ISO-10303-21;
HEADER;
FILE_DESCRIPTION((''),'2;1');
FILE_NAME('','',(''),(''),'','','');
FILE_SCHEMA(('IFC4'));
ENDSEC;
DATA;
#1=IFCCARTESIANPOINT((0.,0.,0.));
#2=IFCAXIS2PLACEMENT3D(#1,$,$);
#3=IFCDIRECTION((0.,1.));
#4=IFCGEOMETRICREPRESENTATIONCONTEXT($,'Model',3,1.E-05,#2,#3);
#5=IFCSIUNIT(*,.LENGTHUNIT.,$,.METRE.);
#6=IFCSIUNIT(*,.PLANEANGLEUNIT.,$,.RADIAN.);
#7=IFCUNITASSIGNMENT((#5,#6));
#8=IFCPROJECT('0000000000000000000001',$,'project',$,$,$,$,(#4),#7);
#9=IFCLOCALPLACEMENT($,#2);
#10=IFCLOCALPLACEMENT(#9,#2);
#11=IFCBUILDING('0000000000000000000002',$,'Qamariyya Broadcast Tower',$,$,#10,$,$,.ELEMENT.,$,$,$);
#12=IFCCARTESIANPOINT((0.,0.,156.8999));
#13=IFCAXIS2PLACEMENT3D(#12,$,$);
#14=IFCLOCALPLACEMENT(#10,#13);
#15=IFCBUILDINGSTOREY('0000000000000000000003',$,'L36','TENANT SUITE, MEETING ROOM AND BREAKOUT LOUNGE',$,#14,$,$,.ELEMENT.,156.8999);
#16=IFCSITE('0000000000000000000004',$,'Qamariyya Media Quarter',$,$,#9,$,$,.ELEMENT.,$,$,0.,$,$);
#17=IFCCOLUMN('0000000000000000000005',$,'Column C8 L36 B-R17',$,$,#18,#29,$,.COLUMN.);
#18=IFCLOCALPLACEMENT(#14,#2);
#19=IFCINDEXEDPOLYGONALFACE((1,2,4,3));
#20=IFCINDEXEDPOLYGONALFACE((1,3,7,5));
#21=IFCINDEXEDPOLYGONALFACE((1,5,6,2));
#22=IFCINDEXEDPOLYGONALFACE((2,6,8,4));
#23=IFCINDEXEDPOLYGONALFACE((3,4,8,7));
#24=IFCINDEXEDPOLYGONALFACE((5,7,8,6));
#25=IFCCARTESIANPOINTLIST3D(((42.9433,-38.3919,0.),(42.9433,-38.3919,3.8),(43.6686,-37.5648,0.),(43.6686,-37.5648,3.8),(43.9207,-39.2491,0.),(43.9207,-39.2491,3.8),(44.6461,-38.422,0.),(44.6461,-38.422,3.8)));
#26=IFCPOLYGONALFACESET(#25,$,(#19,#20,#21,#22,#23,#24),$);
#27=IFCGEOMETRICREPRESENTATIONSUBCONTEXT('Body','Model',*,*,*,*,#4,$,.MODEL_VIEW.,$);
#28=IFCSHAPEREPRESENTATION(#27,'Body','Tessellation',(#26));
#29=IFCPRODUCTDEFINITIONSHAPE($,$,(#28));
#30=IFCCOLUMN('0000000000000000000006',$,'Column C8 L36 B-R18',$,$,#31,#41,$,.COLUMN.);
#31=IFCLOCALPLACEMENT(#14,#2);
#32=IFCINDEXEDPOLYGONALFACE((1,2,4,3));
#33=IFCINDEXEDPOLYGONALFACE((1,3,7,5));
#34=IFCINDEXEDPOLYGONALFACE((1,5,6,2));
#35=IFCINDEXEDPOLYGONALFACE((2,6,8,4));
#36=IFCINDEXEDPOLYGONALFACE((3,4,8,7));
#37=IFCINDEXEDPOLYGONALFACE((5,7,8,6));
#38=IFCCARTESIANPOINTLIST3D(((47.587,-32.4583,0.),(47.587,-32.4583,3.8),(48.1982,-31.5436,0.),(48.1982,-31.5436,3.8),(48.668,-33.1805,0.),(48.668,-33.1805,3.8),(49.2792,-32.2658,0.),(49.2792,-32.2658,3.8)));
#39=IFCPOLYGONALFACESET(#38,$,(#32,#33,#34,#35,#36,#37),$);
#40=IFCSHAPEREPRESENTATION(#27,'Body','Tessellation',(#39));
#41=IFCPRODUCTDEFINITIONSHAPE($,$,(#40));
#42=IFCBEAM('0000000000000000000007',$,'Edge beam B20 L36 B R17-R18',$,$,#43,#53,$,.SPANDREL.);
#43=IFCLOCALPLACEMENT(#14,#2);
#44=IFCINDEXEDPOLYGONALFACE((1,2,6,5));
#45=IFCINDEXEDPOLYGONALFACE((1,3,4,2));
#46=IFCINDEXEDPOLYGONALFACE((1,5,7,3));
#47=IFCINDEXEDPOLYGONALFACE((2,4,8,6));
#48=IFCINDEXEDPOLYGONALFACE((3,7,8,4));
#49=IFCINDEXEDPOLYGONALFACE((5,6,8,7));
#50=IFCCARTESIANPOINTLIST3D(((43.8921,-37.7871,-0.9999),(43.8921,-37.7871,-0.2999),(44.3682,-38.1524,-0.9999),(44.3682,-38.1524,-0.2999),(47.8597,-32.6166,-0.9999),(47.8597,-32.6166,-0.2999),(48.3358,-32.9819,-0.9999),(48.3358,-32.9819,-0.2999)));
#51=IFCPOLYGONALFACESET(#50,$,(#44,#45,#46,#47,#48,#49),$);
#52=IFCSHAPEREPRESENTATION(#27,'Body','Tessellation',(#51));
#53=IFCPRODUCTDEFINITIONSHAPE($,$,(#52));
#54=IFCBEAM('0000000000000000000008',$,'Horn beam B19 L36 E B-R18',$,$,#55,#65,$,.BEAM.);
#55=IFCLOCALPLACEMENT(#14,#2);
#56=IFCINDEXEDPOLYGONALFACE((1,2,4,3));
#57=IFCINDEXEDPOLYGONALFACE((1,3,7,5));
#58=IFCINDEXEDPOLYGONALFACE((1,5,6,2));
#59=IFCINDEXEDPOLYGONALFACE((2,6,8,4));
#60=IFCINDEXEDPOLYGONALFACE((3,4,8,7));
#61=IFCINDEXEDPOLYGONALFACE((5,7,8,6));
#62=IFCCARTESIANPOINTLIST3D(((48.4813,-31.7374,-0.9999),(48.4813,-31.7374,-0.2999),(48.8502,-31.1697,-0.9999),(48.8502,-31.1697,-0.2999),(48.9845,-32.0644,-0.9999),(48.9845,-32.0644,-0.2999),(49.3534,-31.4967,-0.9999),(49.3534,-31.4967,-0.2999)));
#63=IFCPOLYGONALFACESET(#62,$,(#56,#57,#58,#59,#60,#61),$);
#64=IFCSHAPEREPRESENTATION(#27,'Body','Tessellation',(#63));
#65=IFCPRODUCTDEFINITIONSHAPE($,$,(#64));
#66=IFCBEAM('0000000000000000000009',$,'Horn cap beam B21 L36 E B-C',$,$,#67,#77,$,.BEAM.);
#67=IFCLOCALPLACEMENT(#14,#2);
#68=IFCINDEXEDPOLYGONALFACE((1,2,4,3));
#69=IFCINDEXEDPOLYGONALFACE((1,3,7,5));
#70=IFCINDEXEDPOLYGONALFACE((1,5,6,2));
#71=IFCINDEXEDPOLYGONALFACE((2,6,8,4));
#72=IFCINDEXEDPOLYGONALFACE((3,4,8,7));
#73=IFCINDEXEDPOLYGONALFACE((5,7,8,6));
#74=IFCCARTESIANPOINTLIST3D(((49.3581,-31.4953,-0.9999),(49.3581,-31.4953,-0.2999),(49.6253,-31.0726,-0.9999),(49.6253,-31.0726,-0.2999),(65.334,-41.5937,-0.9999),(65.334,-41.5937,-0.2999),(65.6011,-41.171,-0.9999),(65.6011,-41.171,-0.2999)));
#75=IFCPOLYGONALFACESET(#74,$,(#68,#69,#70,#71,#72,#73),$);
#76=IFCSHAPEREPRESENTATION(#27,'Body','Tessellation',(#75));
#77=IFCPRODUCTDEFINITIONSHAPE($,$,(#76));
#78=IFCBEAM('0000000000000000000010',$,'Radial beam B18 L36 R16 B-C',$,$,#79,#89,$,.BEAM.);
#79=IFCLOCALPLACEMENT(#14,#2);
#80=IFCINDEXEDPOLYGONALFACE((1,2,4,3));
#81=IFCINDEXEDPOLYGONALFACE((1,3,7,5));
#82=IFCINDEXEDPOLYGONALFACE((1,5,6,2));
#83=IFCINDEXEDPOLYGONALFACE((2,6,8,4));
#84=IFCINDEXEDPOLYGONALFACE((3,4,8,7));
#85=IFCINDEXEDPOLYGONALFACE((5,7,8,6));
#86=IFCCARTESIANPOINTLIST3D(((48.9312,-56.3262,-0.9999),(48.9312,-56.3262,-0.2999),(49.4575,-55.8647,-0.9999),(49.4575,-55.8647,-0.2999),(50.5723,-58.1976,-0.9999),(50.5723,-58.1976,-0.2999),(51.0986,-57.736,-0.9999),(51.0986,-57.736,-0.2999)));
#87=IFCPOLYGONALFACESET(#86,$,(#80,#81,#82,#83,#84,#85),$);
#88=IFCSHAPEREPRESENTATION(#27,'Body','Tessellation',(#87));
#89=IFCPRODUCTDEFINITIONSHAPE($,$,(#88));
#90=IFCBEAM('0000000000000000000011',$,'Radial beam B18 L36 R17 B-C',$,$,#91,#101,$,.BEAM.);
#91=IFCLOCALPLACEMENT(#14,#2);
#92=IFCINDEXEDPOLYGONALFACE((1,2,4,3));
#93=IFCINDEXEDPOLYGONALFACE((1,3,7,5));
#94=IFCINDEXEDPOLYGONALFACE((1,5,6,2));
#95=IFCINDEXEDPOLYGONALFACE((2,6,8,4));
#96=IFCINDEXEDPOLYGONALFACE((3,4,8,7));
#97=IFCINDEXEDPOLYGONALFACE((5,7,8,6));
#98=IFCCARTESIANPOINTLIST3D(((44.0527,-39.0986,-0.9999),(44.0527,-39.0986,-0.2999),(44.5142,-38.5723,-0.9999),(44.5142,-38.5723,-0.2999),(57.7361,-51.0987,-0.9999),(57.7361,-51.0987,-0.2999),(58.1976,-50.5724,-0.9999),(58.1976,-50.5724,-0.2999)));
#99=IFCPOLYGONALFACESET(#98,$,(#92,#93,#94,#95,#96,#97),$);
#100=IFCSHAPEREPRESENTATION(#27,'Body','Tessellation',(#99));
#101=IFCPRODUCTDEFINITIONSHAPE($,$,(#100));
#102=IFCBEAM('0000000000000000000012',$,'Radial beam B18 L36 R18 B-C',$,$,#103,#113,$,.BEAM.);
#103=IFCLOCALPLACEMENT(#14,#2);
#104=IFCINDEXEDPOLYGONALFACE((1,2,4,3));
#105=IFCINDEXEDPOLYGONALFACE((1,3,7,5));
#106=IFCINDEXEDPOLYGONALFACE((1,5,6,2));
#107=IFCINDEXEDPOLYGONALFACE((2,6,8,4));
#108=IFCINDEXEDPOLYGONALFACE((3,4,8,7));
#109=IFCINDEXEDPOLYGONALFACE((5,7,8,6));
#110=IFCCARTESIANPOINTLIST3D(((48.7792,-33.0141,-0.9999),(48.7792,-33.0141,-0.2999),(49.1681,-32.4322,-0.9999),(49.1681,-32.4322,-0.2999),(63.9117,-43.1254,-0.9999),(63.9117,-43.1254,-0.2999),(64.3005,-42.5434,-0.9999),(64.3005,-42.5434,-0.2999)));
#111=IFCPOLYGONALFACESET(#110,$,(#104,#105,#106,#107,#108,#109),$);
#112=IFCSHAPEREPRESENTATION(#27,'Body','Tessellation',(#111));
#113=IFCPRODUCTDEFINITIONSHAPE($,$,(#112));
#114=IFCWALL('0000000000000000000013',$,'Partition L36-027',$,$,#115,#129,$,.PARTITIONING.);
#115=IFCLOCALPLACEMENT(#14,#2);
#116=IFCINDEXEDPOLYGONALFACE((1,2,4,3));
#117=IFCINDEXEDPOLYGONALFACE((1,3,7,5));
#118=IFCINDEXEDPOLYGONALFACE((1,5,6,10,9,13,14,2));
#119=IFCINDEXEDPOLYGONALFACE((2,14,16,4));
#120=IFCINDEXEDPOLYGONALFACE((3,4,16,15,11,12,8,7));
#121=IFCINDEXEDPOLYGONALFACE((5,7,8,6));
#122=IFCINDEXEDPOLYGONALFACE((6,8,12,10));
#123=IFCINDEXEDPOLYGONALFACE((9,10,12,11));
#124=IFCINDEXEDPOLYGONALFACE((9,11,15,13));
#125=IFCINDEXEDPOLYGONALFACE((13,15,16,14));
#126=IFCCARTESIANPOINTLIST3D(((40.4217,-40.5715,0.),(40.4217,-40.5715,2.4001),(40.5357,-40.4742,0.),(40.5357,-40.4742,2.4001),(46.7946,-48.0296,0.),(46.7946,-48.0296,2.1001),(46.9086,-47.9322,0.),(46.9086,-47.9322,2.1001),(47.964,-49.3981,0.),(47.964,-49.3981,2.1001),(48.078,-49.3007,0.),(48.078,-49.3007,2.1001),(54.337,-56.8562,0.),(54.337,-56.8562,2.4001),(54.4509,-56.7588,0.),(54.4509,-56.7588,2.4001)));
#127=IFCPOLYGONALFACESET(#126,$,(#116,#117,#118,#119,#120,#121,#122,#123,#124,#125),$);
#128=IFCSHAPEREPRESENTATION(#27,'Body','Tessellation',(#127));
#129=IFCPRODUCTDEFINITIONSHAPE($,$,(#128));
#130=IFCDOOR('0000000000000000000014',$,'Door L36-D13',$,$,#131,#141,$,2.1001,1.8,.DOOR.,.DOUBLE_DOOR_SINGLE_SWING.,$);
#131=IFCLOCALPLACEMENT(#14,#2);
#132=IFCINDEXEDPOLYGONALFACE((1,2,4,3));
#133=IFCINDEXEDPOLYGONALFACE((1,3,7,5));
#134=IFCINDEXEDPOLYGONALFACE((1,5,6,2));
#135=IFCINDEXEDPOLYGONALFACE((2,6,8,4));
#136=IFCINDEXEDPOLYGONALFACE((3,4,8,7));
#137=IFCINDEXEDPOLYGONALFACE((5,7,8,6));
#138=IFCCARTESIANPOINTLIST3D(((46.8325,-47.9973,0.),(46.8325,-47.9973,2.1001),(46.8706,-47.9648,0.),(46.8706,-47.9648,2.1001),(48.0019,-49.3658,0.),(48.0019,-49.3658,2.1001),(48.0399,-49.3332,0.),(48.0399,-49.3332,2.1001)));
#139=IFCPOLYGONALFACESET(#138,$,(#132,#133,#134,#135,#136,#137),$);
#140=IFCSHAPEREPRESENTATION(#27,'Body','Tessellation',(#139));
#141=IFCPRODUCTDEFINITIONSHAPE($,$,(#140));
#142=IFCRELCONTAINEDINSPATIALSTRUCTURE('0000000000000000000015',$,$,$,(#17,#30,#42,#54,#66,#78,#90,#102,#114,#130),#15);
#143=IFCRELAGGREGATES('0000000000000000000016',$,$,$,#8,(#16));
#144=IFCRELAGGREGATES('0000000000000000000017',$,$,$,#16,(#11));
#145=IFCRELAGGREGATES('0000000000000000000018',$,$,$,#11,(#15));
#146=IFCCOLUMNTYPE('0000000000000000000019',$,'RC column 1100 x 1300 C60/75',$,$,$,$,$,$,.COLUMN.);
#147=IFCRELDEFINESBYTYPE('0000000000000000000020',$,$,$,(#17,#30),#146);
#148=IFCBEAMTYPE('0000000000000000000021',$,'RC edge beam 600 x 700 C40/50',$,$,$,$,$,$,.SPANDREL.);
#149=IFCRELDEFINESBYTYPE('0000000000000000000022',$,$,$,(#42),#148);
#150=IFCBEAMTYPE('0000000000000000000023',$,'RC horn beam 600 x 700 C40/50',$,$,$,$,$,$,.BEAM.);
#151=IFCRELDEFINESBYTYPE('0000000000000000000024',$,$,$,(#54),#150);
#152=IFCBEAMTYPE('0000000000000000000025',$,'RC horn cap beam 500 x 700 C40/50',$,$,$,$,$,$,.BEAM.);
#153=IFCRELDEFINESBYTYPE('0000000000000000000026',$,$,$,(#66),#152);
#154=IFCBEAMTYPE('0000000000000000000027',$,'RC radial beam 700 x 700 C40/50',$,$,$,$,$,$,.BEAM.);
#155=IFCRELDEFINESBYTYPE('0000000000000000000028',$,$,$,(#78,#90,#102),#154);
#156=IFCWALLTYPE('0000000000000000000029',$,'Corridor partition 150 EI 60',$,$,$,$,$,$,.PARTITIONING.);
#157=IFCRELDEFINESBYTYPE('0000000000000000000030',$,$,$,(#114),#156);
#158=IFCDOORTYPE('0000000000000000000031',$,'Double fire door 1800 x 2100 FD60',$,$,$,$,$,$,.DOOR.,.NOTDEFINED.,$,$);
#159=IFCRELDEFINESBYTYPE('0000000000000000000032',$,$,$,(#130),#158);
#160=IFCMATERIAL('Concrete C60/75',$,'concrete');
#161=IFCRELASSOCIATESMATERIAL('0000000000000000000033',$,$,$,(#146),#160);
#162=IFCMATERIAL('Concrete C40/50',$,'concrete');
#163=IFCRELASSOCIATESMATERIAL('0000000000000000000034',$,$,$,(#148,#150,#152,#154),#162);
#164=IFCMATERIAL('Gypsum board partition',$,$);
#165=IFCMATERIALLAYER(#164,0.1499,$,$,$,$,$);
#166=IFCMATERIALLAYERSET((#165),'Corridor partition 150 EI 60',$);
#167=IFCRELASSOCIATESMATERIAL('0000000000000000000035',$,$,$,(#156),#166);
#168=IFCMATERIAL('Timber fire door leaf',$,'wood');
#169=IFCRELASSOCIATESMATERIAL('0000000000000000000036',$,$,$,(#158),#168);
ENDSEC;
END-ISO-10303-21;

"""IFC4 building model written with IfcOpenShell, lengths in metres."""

from ifc_helpers import new_model, si_unit, direction, frame, frame_2d, origin, origin_2d, place, context, subcontext, project, spatial, rectangle, extrude, material, layer, layer_set, material_profile, profile_set, type_object, element, fill, save


model = new_model("IFC4")

# Units and contexts
model_context = context("Model", 3, precision=1e-05, world=origin(), true_north=direction((0.0, 1.0)))
body_context = subcontext(model_context, "Body", "Model", "MODEL_VIEW")
ifc_project = project(units=[si_unit("LENGTHUNIT", "METRE"), si_unit("PLANEANGLEUNIT", "RADIAN")], contexts=[model_context])

# Site, building, storey
site_placement = place(None, origin())
site = spatial("IfcSite", under=ifc_project, at=site_placement, Name="Qamariyya Media Quarter", CompositionType="ELEMENT", RefElevation=0.0)
building_placement = place(site_placement, origin())
building = spatial("IfcBuilding", under=site, at=building_placement, Name="Qamariyya Broadcast Tower", CompositionType="ELEMENT")
storey_placement = place(building_placement, frame((0.0, 0.0, 156.8999)))
storey = spatial("IfcBuildingStorey", under=building, at=storey_placement, Name="L36", Description="TENANT SUITE, MEETING ROOM AND BREAKOUT LOUNGE", CompositionType="ELEMENT", Elevation=156.8999)

# Columns
ifc_material_1 = material(Name="Concrete C60/75", Category="concrete")
ifc_material_profile_1 = material_profile(ifc_material_1, rectangle(XDim=1.1001, YDim=1.3, at=origin_2d()))
ifc_profile_set_1 = profile_set([ifc_material_profile_1], Name="Concrete C60/75")
column_type = type_object("IfcColumnType", Name="RC column 1100 x 1300 C60/75", PredefinedType="COLUMN", material=ifc_profile_set_1)
for number, where, z_axis, x_axis, name in (
    (1, (43.7947, -38.407, 0.0), (0.0, 0.0, 1.0), (0.659346, 0.75184, 0.0), "Column C8 L36 B-R17"),
    (2, (48.4331, -32.3621, 0.0), (0.0, 0.0, 1.0), (0.55557, 0.83147, 0.0), "Column C8 L36 B-R18"),
):
    element("IfcColumn", number, at=place(storey_placement, frame(where, z_axis=z_axis, x_axis=x_axis)), inside=storey, type_object=column_type, Name=name, PredefinedType="COLUMN", context=body_context, shape_type="SweptSolid", body=[
        extrude(rectangle(XDim=1.1001, YDim=1.3, at=origin_2d()), origin(), (0.0, 0.0, 1.0), 3.8),
    ])

# Beams
ifc_material_2 = material(Name="Concrete C40/50", Category="concrete")
ifc_material_profile_2 = material_profile(ifc_material_2, rectangle(XDim=0.6001, YDim=0.7, at=origin_2d()))
ifc_profile_set_2 = profile_set([ifc_material_profile_2], Name="Concrete C40/50")
beam_type_1 = type_object("IfcBeamType", Name="RC edge beam 600 x 700 C40/50", PredefinedType="SPANDREL", material=ifc_profile_set_2)
beam_1_placement = place(storey_placement, frame((44.1301, -37.9697, -0.6499), z_axis=(0.608774, 0.793343, 0.0), x_axis=(-0.793343, 0.608774, 0.0)))
element("IfcBeam", 3, at=beam_1_placement, inside=storey, type_object=beam_type_1, Name="Edge beam B20 L36 B R17-R18", PredefinedType="SPANDREL", context=body_context, shape_type="SweptSolid", body=[
    extrude(rectangle(XDim=0.6001, YDim=0.7, at=origin_2d()), origin(), (0.0, 0.0, 1.0), 6.5173),
])
ifc_material_profile_3 = material_profile(ifc_material_2, rectangle(XDim=0.6001, YDim=0.7, at=origin_2d()))
ifc_profile_set_3 = profile_set([ifc_material_profile_3], Name="Concrete C40/50")
beam_type_2 = type_object("IfcBeamType", Name="RC horn beam 600 x 700 C40/50", PredefinedType="BEAM", material=ifc_profile_set_3)
beam_2_placement = place(storey_placement, frame((48.7329, -31.9009, -0.6499), z_axis=(0.544925, 0.838485, 0.0), x_axis=(-0.838485, 0.544925, 0.0)))
element("IfcBeam", 4, at=beam_2_placement, inside=storey, type_object=beam_type_2, Name="Horn beam B19 L36 E B-R18", PredefinedType="BEAM", context=body_context, shape_type="SweptSolid", body=[
    extrude(rectangle(XDim=0.6001, YDim=0.7, at=origin_2d()), origin(), (0.0, 0.0, 1.0), 0.677),
])
ifc_material_profile_4 = material_profile(ifc_material_2, rectangle(XDim=0.5, YDim=0.7, at=origin_2d()))
ifc_profile_set_4 = profile_set([ifc_material_profile_4], Name="Concrete C40/50")
beam_type_3 = type_object("IfcBeamType", Name="RC horn cap beam 500 x 700 C40/50", PredefinedType="BEAM", material=ifc_profile_set_4)
beam_3_placement = place(storey_placement, frame((49.4917, -31.2839, -0.6499), z_axis=(0.845288, -0.53431, 0.0), x_axis=(0.53431, 0.845288, 0.0)))
element("IfcBeam", 5, at=beam_3_placement, inside=storey, type_object=beam_type_3, Name="Horn cap beam B21 L36 E B-C", PredefinedType="BEAM", context=body_context, shape_type="SweptSolid", body=[
    extrude(rectangle(XDim=0.5, YDim=0.7, at=origin_2d()), origin(), (0.0, 0.0, 1.0), 18.8999),
])
ifc_material_profile_5 = material_profile(ifc_material_2, rectangle(XDim=0.7, YDim=0.7, at=origin_2d()))
ifc_profile_set_5 = profile_set([ifc_material_profile_5], Name="Concrete C40/50")
beam_type_4 = type_object("IfcBeamType", Name="RC radial beam 700 x 700 C40/50", PredefinedType="BEAM", material=ifc_profile_set_5)
beam_4_placement = place(storey_placement, frame((49.1943, -56.0955, -0.6499), z_axis=(0.659344, -0.751841, 0.0), x_axis=(0.751841, 0.659344, 0.0)))
element("IfcBeam", 6, at=beam_4_placement, inside=storey, type_object=beam_type_4, Name="Radial beam B18 L36 R16 B-C", PredefinedType="BEAM", context=body_context, shape_type="SweptSolid", body=[
    extrude(rectangle(XDim=0.7, YDim=0.7, at=origin_2d()), origin(), (0.0, 0.0, 1.0), 2.489),
])
beam_5_placement = place(storey_placement, frame((44.2834, -38.8354, -0.6499), z_axis=(0.751839, -0.659347, 0.0), x_axis=(0.659347, 0.751839, 0.0)))
element("IfcBeam", 7, at=beam_5_placement, inside=storey, type_object=beam_type_4, Name="Radial beam B18 L36 R17 B-C", PredefinedType="BEAM", context=body_context, shape_type="SweptSolid", body=[
    extrude(rectangle(XDim=0.7, YDim=0.7, at=origin_2d()), origin(), (0.0, 0.0, 1.0), 18.2),
])
beam_6_placement = place(storey_placement, frame((48.9736, -32.7231, -0.6499), z_axis=(0.831468, -0.555573, 0.0), x_axis=(0.555573, 0.831468, 0.0)))
element("IfcBeam", 8, at=beam_6_placement, inside=storey, type_object=beam_type_4, Name="Radial beam B18 L36 R18 B-C", PredefinedType="BEAM", context=body_context, shape_type="SweptSolid", body=[
    extrude(rectangle(XDim=0.7, YDim=0.7, at=origin_2d()), origin(), (0.0, 0.0, 1.0), 18.1997),
])

# Wall, opening, door
ifc_material_3 = material(Name="Gypsum board partition")
ifc_layer_1 = layer(ifc_material_3, 0.1499)
ifc_layer_set_1 = layer_set([ifc_layer_1], Name="Corridor partition 150 EI 60")
wall_type_1 = type_object("IfcWallType", Name="Corridor partition 150 EI 60", PredefinedType="PARTITIONING", material=ifc_layer_set_1)
wall_1_placement = place(storey_placement, frame((40.4788, -40.5229, 0.0), z_axis=(0.0, 0.0, 1.0), x_axis=(0.649633, -0.760248, 0.0)))
wall_1 = element("IfcWall", 9, at=wall_1_placement, inside=storey, type_object=wall_type_1, Name="Partition L36-027", PredefinedType="PARTITIONING", context=body_context, shape_type="SweptSolid", body=[
    extrude(rectangle(XDim=21.4202, YDim=0.1499, at=frame_2d((10.71, 0.0))), origin(), (0.0, 0.0, 1.0), 2.4001),
])
opening_1_placement = place(wall_1_placement, frame((9.8101, 0.0, 0.0)))
opening_1 = element("IfcOpeningElement", 10, at=opening_1_placement, cuts=wall_1, PredefinedType="OPENING", context=body_context, shape_type="SweptSolid", body=[
    extrude(rectangle(XDim=1.8, YDim=2.1001, at=frame_2d((0.8999, 1.05))), frame((0.0, 0.085, 0.0), z_axis=(0.0, -1.0, 0.0), x_axis=(1.0, 0.0, 0.0)), (0.0, 0.0, 1.0), 0.1699),
])
ifc_material_4 = material(Name="Timber fire door leaf", Category="wood")
door_type_1 = type_object("IfcDoorType", Name="Double fire door 1800 x 2100 FD60", OperationType="NOTDEFINED", PredefinedType="DOOR", material=ifc_material_4)
door_1_placement = place(opening_1_placement, origin())
door_1 = element("IfcDoor", 11, at=door_1_placement, inside=storey, type_object=door_type_1, Name="Door L36-D13", OperationType="DOUBLE_DOOR_SINGLE_SWING", OverallHeight=2.1001, OverallWidth=1.8, PredefinedType="DOOR", context=body_context, shape_type="SweptSolid", body=[
    extrude(rectangle(XDim=1.8, YDim=2.1001, at=frame_2d((0.8999, 1.05))), frame((0.0, 0.0249, 0.0), z_axis=(0.0, -1.0, 0.0), x_axis=(1.0, 0.0, 0.0)), (0.0, 0.0, 1.0), 0.05),
])
fill(opening_1, door_1)

save(model, "model.ifc")
